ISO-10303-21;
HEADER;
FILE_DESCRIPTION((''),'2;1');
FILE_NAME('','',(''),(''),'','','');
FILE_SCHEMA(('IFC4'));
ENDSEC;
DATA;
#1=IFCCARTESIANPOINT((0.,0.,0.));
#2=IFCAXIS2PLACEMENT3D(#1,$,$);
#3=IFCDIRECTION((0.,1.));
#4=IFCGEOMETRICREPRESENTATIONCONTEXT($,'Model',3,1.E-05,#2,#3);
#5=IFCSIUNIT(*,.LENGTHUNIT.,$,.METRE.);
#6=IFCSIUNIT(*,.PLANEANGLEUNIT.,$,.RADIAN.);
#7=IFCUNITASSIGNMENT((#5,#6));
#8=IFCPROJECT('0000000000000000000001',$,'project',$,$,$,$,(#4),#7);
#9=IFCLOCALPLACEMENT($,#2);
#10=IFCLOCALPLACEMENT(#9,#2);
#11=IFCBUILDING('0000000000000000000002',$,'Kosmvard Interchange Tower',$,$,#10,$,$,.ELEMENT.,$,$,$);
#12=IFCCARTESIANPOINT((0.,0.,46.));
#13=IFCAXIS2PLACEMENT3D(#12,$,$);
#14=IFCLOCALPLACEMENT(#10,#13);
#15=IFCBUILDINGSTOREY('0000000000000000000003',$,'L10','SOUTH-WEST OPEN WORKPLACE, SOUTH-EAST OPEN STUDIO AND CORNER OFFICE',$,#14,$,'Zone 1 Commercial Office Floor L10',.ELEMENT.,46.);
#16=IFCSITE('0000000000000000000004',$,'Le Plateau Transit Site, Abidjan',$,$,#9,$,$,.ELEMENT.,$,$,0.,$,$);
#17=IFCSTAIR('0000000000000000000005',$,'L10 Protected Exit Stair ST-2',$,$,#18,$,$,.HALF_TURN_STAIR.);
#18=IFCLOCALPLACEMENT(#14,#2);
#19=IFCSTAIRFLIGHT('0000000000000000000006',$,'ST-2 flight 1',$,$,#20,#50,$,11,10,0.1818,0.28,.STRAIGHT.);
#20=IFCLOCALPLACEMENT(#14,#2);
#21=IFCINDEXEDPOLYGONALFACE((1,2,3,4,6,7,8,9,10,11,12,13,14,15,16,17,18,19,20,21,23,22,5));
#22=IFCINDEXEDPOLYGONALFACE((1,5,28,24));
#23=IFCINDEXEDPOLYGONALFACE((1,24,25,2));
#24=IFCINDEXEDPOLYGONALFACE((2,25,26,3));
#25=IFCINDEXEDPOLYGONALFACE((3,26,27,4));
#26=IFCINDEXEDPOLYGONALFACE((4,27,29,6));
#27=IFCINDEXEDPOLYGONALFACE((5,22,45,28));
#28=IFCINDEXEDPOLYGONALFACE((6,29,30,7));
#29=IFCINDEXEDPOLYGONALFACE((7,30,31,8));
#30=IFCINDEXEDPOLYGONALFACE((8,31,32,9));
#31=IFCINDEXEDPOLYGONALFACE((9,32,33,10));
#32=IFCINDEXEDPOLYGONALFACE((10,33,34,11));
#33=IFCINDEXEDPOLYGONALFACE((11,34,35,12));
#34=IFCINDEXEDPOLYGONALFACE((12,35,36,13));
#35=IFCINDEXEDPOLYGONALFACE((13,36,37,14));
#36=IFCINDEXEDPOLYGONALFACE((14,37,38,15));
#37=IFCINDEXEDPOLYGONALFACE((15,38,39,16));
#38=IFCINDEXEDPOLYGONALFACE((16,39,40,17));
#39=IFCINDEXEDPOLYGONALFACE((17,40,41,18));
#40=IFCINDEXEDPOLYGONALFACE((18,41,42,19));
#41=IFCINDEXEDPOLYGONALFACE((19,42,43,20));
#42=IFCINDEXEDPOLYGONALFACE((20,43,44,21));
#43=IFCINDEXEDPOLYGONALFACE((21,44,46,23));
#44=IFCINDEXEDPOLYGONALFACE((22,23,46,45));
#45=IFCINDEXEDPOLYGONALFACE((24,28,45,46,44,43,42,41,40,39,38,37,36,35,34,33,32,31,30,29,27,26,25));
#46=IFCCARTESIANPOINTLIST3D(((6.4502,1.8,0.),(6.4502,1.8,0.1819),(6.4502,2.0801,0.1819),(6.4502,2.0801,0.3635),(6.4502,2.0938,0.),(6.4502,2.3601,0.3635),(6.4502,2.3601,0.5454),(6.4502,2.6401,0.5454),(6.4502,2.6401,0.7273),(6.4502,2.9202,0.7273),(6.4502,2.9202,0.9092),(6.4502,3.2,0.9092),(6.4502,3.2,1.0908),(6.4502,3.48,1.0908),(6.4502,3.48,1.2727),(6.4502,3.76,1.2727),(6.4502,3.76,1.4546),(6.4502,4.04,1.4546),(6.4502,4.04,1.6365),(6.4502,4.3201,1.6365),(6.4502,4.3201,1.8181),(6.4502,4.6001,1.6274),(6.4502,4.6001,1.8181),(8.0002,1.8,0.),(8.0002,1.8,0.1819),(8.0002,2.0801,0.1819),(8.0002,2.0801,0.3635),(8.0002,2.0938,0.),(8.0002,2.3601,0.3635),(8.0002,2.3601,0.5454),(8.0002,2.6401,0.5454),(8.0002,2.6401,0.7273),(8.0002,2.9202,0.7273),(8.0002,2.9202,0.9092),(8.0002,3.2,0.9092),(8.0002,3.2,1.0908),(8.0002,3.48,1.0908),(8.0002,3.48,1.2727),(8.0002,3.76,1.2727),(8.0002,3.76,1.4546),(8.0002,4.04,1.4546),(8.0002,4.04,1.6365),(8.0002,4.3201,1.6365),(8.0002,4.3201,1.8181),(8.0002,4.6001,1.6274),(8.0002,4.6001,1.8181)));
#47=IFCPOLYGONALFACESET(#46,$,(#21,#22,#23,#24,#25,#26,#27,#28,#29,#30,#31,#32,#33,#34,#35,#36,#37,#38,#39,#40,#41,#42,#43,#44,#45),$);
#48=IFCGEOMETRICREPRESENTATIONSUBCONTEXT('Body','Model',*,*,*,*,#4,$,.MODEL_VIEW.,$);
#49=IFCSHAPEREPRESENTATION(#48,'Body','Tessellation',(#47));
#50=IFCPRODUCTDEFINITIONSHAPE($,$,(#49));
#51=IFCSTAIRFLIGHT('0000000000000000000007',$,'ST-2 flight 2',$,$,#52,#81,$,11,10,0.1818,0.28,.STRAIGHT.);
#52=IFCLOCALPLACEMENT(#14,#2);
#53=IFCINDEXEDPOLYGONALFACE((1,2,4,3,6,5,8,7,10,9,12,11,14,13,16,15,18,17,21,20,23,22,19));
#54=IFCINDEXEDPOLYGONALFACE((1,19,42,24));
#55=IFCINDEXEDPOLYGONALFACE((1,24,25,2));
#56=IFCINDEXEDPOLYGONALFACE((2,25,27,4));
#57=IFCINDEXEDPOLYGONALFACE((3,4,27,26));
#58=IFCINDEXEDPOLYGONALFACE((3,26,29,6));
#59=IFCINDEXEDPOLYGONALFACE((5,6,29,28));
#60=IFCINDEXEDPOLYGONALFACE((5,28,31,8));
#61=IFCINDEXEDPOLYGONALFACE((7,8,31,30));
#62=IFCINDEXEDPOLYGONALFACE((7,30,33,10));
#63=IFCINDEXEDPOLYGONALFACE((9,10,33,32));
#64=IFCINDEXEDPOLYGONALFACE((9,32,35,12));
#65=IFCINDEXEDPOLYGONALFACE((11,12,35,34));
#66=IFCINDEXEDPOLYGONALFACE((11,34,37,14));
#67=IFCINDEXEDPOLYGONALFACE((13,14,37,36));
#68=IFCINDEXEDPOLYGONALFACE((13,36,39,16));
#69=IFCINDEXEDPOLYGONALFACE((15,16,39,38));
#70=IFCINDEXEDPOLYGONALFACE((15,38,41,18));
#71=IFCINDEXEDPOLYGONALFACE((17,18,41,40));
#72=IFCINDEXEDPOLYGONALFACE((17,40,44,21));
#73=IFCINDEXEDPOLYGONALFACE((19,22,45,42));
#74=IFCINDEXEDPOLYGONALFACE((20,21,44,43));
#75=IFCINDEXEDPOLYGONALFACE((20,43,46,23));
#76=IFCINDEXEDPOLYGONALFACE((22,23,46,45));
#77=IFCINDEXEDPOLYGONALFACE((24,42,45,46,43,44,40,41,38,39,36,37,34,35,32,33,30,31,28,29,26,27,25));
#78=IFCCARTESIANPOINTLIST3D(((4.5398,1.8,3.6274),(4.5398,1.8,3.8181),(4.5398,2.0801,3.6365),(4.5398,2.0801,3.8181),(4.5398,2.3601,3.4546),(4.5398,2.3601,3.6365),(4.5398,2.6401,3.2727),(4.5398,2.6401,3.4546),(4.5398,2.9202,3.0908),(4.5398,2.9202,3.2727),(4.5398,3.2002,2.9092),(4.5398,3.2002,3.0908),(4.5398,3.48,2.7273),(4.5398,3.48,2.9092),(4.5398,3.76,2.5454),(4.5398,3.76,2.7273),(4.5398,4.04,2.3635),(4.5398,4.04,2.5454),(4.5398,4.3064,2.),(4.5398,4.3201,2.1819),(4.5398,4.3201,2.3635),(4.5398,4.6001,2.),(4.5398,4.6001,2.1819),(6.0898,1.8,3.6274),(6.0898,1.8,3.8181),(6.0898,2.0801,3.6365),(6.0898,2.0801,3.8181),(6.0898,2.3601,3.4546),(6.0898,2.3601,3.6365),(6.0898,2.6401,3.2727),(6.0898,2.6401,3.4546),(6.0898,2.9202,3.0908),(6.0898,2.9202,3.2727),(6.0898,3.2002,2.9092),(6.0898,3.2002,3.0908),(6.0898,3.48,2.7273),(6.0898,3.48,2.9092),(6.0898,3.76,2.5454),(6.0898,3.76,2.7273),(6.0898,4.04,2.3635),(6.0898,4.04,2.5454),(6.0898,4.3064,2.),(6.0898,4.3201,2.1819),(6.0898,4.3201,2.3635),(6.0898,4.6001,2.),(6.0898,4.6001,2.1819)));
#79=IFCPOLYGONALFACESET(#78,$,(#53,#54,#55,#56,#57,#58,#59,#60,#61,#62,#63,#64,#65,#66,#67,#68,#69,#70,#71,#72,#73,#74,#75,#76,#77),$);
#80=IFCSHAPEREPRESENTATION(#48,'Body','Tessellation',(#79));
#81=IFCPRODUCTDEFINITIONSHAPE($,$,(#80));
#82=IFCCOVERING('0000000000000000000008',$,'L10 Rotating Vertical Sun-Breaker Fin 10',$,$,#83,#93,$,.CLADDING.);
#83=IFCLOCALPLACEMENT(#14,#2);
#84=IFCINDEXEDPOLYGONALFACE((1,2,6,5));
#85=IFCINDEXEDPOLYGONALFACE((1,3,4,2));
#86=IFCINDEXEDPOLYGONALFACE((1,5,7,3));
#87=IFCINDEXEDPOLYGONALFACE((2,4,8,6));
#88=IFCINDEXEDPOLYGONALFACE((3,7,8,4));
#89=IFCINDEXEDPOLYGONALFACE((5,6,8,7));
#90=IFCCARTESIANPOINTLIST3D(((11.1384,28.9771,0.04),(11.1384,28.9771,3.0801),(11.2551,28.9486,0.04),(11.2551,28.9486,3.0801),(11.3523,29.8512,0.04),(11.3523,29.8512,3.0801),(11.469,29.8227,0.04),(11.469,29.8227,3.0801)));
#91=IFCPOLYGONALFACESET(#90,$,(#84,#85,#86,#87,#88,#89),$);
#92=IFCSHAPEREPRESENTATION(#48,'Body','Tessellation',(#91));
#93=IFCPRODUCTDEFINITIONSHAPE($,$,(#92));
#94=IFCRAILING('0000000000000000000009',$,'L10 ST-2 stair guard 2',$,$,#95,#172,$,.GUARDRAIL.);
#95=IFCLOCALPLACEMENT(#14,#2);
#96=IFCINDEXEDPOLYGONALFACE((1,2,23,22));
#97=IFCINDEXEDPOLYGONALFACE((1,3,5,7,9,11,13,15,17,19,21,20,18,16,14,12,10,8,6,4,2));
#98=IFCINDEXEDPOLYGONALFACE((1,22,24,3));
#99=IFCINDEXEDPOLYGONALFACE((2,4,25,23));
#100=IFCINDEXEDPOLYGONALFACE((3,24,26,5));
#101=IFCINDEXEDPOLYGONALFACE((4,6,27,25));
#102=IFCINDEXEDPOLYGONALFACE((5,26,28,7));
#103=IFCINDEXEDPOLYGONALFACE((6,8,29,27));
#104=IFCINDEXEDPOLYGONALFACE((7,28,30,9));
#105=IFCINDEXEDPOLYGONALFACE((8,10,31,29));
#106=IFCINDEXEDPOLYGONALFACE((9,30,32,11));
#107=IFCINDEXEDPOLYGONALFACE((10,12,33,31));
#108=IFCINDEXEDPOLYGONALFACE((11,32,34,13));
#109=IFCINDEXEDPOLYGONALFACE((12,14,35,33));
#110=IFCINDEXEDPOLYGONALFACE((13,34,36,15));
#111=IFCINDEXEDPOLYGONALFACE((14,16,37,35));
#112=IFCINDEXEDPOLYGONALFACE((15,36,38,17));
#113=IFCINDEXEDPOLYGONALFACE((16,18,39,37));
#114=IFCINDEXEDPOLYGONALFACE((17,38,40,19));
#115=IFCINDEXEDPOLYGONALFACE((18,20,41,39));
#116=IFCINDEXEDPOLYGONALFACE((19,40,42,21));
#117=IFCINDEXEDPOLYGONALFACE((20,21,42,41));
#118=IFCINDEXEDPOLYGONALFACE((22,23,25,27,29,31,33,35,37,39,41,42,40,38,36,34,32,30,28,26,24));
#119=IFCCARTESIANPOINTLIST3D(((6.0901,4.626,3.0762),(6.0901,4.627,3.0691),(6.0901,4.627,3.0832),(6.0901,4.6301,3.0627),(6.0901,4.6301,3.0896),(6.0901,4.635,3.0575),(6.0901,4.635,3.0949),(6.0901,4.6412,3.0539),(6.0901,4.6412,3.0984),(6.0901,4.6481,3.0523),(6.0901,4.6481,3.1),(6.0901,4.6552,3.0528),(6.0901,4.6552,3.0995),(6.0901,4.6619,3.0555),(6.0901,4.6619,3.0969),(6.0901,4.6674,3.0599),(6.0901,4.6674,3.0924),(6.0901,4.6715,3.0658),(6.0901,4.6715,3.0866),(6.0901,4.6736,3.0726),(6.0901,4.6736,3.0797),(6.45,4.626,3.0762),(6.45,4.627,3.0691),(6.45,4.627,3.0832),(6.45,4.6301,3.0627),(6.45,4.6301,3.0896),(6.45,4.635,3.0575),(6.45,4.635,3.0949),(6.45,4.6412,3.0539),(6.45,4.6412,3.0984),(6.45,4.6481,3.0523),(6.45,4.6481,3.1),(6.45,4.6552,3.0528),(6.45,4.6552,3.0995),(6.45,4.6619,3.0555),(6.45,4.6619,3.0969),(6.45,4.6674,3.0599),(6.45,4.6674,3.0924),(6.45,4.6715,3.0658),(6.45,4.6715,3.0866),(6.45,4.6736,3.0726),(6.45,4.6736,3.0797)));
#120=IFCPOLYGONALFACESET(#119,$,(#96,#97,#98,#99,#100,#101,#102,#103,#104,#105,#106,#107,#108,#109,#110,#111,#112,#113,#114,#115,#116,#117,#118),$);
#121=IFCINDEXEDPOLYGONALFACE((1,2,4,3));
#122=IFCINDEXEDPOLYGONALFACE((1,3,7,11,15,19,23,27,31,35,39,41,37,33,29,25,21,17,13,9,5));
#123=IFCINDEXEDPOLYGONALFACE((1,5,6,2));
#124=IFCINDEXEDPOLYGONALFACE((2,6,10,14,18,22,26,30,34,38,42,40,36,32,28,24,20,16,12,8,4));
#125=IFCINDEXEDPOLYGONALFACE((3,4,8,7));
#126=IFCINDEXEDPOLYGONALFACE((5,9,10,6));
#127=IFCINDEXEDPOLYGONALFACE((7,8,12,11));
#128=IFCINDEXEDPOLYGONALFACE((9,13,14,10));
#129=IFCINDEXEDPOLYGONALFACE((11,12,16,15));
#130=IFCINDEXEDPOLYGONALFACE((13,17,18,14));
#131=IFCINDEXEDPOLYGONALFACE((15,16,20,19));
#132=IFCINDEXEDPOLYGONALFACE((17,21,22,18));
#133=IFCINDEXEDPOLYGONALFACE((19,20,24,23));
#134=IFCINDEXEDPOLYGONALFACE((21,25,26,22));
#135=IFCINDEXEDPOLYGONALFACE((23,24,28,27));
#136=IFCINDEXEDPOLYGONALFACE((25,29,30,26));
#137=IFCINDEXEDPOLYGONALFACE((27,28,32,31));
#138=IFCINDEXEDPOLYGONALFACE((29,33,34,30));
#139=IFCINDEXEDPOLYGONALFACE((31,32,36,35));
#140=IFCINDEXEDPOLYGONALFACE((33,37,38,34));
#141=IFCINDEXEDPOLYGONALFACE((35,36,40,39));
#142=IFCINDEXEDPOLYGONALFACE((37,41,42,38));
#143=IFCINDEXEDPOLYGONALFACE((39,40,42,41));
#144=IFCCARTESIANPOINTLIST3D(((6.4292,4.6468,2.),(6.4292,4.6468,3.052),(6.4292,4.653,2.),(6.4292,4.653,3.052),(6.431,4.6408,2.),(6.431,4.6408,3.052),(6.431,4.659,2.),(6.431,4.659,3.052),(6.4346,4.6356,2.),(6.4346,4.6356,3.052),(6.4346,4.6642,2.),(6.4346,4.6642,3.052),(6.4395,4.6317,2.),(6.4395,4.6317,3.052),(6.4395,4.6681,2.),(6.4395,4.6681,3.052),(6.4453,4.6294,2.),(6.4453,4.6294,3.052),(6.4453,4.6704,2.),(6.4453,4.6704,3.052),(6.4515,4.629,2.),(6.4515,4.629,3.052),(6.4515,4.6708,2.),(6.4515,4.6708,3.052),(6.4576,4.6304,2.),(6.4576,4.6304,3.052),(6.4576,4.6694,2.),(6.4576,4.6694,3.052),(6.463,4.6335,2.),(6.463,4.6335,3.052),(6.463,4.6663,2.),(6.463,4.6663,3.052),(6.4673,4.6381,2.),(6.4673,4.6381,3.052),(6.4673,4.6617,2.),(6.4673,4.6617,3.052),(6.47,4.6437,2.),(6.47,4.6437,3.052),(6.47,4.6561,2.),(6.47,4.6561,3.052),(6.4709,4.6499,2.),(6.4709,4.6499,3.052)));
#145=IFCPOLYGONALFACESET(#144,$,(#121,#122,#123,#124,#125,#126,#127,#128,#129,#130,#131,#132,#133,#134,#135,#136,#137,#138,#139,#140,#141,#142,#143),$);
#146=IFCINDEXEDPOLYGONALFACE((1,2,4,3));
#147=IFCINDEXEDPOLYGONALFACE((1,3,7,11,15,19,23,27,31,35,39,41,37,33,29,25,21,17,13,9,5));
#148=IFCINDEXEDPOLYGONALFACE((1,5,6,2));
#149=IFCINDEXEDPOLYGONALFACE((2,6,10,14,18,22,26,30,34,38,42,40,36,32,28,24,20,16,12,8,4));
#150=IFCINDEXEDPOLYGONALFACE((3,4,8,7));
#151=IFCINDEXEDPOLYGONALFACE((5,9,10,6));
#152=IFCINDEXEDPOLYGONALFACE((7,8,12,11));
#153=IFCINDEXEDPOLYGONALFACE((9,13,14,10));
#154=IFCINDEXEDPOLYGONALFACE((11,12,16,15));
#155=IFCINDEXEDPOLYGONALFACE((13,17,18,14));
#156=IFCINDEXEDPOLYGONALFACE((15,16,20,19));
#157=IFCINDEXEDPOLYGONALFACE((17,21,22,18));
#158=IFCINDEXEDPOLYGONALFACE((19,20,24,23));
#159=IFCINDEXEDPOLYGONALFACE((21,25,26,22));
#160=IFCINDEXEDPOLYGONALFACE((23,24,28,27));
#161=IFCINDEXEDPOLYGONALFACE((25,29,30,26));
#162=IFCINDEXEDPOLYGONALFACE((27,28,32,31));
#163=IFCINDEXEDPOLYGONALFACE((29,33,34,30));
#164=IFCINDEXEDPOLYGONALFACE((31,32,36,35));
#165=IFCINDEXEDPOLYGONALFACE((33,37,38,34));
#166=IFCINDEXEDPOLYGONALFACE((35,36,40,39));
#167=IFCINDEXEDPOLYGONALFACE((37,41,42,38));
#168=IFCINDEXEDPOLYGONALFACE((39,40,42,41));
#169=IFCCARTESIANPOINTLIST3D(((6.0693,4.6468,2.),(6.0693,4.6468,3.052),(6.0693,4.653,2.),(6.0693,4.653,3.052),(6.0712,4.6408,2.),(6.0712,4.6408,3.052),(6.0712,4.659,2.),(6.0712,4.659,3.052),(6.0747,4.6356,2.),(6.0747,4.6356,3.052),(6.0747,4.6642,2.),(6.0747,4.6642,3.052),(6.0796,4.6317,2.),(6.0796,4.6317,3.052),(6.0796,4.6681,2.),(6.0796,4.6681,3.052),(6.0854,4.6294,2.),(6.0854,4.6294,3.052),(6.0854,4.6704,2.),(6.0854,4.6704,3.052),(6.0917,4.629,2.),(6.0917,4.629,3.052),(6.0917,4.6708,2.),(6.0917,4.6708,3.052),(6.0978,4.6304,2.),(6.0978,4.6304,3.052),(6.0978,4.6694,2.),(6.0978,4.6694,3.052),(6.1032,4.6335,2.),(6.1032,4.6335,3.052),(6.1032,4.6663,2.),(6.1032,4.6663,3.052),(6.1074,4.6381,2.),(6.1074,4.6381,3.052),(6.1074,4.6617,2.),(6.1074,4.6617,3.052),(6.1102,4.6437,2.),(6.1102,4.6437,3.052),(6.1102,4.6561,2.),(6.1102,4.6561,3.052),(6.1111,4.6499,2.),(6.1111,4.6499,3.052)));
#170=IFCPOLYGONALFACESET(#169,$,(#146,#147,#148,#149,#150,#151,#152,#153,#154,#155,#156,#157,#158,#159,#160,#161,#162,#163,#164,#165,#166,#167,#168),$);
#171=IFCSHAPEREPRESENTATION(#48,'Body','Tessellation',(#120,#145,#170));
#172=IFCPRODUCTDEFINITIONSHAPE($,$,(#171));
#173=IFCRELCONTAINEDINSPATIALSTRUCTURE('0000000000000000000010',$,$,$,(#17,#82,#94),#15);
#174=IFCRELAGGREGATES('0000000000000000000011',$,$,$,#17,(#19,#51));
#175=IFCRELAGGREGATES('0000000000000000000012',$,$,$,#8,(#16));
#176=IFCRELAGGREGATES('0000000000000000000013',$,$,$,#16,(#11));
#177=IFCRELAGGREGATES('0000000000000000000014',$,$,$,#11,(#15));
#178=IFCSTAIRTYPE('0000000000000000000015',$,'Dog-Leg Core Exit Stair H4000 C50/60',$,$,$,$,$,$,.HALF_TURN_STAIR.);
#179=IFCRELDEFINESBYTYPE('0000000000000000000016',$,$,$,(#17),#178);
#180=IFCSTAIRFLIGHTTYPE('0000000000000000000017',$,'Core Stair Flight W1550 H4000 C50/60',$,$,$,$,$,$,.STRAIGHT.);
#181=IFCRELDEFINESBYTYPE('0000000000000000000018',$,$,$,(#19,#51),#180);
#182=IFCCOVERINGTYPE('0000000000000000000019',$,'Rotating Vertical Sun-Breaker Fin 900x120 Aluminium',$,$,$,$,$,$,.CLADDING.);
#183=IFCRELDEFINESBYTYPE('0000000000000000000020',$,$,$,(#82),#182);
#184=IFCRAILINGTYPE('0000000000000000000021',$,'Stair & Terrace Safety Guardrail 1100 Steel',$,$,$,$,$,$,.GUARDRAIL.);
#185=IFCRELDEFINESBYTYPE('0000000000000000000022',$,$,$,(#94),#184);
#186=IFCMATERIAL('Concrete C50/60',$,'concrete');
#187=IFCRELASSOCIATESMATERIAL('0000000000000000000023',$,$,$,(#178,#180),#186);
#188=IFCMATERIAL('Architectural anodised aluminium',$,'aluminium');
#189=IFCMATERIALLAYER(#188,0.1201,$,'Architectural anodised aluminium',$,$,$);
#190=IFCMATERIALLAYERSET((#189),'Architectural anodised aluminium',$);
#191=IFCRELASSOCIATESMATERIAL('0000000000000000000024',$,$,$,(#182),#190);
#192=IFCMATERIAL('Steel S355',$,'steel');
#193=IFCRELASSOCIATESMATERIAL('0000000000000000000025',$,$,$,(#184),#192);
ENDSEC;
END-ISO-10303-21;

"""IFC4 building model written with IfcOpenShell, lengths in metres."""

from ifc_helpers import new_model, si_unit, direction, frame, origin, origin_2d, place, context, subcontext, project, spatial, polyline, rectangle, circle, outline, extrude, source, transform, mapped, material, layer, layer_set, type_object, element, aggregate, save


model = new_model("IFC4")

# Units and contexts
model_context = context("Model", 3, precision=1e-05, world=origin(), true_north=direction((0.0, 1.0)))
body_context = subcontext(model_context, "Body", "Model", "MODEL_VIEW")
ifc_project = project(units=[si_unit("LENGTHUNIT", "METRE"), si_unit("PLANEANGLEUNIT", "RADIAN")], contexts=[model_context])

# Site, building, storey
site_placement = place(None, origin())
site = spatial("IfcSite", under=ifc_project, at=site_placement, Name="Le Plateau Transit Site, Abidjan", CompositionType="ELEMENT", RefElevation=0.0)
building_placement = place(site_placement, origin())
building = spatial("IfcBuilding", under=site, at=building_placement, Name="Kosmvard Interchange Tower", CompositionType="ELEMENT")
storey_placement = place(building_placement, frame((0.0, 0.0, 46.0)))
storey = spatial("IfcBuildingStorey", under=building, at=storey_placement, Name="L10", Description="SOUTH-WEST OPEN WORKPLACE, SOUTH-EAST OPEN STUDIO AND CORNER OFFICE", LongName="Zone 1 Commercial Office Floor L10", CompositionType="ELEMENT", Elevation=46.0)

# Shared definitions
ifc_material_1 = material(Name="Steel S355", Category="steel")

# Stair, stair flights
ifc_material_2 = material(Name="Concrete C50/60", Category="concrete")
stair_type = type_object("IfcStairType", Name="Dog-Leg Core Exit Stair H4000 C50/60", PredefinedType="HALF_TURN_STAIR", material=ifc_material_2)
stair_placement = place(storey_placement, origin())
stair = element("IfcStair", 1, at=stair_placement, inside=storey, type_object=stair_type, Name="L10 Protected Exit Stair ST-2", PredefinedType="HALF_TURN_STAIR")
stair_flight_type = type_object("IfcStairFlightType", Name="Core Stair Flight W1550 H4000 C50/60", PredefinedType="STRAIGHT", material=ifc_material_2)
shared_shape_1 = source(origin(), body_context, "Body", "SweptSolid", [
    extrude(outline(polyline([(0.0, 0.0), (0.0, 0.1819), (0.28, 0.1819), (0.28, 0.3635), (0.5601, 0.3635), (0.5601, 0.5454), (0.8401, 0.5454), (0.8401, 0.7273), (1.1201, 0.7273), (1.1201, 0.9092), (1.3999, 0.9092), (1.3999, 1.0908), (1.6799, 1.0908), (1.6799, 1.2727), (1.96, 1.2727), (1.96, 1.4546), (2.24, 1.4546), (2.24, 1.6365), (2.52, 1.6365), (2.52, 1.8181), (2.8, 1.8181), (2.8, 2.0), (2.8, 1.6274), (0.2937, 0.0), (0.0, 0.0)])), frame((0.0, 0.7749, 0.0), z_axis=(0.0, -1.0, 0.0), x_axis=(1.0, 0.0, 0.0)), (0.0, 0.0, 1.0), 1.55),
])
stair_flight_1_placement = place(storey_placement, frame((7.2251, 1.8, 0.0), z_axis=(0.0, 0.0, 1.0), x_axis=(0.0, 1.0, 0.0)))
stair_flight_1 = element("IfcStairFlight", 2, at=stair_flight_1_placement, type_object=stair_flight_type, Name="ST-2 flight 1", NumberOfRisers=11, NumberOfTreads=10, PredefinedType="STRAIGHT", RiserHeight=0.1818, TreadLength=0.28, context=body_context, shape_type="MappedRepresentation", body=[
    mapped(shared_shape_1, transform((0.0, 0.0, 0.0), scale=1.0)),
])
stair_flight_2_placement = place(storey_placement, frame((5.3149, 4.6001, 2.0), z_axis=(0.0, 0.0, 1.0), x_axis=(0.0, -1.0, 0.0)))
stair_flight_2 = element("IfcStairFlight", 3, at=stair_flight_2_placement, type_object=stair_flight_type, Name="ST-2 flight 2", NumberOfRisers=11, NumberOfTreads=10, PredefinedType="STRAIGHT", RiserHeight=0.1818, TreadLength=0.28, context=body_context, shape_type="MappedRepresentation", body=[
    mapped(shared_shape_1, transform((0.0, 0.0, 0.0), scale=1.0)),
])
aggregate(stair, [stair_flight_1, stair_flight_2])

# Covering
ifc_material_3 = material(Name="Architectural anodised aluminium", Category="aluminium")
ifc_layer_1 = layer(ifc_material_3, 0.1201, Name="Architectural anodised aluminium")
ifc_layer_set_1 = layer_set([ifc_layer_1], Name="Architectural anodised aluminium")
covering_type = type_object("IfcCoveringType", Name="Rotating Vertical Sun-Breaker Fin 900x120 Aluminium", PredefinedType="CLADDING", material=ifc_layer_set_1)
shared_shape_2 = source(origin(), body_context, "Body", "SweptSolid", [
    extrude(rectangle(XDim=0.8999, YDim=0.1201, at=origin_2d()), origin(), (0.0, 0.0, 1.0), 3.04),
])
covering_placement = place(storey_placement, frame((11.3037, 29.3999, 0.04), z_axis=(0.0, 0.0, 1.0), x_axis=(0.237686, 0.971342, 0.0)))
element("IfcCovering", 4, at=covering_placement, inside=storey, type_object=covering_type, Name="L10 Rotating Vertical Sun-Breaker Fin 10", PredefinedType="CLADDING", context=body_context, shape_type="MappedRepresentation", body=[
    mapped(shared_shape_2, transform((0.0, 0.0, 0.0), scale=1.0)),
])

# Railing
railing_type_1 = type_object("IfcRailingType", Name="Stair & Terrace Safety Guardrail 1100 Steel", PredefinedType="GUARDRAIL", material=ifc_material_1)
shared_shape_3 = source(origin(), body_context, "Body", "SweptSolid", [
    extrude(circle(Radius=0.0239, at=origin_2d()), frame((0.0, 0.0, 1.0762), z_axis=(-1.0, 0.0, 0.0), x_axis=(0.0, -1.0, 0.0)), (0.0, 0.0, 1.0), 0.3599),
    extrude(circle(Radius=0.021, at=origin_2d()), origin(), (0.0, 0.0, 1.0), 1.052),
    extrude(circle(Radius=0.021, at=origin_2d()), frame((-0.3599, 0.0, 0.0)), (0.0, 0.0, 1.0), 1.052),
])
for number, where, name in (
    (5, (6.45, 4.6499, 2.0), "L10 ST-2 stair guard 2"),
):
    element("IfcRailing", number, at=place(storey_placement, frame(where)), inside=storey, type_object=railing_type_1, Name=name, PredefinedType="GUARDRAIL", context=body_context, shape_type="MappedRepresentation", body=[
        mapped(shared_shape_3, transform((0.0, 0.0, 0.0), scale=1.0)),
    ])

save(model, "model.ifc")
